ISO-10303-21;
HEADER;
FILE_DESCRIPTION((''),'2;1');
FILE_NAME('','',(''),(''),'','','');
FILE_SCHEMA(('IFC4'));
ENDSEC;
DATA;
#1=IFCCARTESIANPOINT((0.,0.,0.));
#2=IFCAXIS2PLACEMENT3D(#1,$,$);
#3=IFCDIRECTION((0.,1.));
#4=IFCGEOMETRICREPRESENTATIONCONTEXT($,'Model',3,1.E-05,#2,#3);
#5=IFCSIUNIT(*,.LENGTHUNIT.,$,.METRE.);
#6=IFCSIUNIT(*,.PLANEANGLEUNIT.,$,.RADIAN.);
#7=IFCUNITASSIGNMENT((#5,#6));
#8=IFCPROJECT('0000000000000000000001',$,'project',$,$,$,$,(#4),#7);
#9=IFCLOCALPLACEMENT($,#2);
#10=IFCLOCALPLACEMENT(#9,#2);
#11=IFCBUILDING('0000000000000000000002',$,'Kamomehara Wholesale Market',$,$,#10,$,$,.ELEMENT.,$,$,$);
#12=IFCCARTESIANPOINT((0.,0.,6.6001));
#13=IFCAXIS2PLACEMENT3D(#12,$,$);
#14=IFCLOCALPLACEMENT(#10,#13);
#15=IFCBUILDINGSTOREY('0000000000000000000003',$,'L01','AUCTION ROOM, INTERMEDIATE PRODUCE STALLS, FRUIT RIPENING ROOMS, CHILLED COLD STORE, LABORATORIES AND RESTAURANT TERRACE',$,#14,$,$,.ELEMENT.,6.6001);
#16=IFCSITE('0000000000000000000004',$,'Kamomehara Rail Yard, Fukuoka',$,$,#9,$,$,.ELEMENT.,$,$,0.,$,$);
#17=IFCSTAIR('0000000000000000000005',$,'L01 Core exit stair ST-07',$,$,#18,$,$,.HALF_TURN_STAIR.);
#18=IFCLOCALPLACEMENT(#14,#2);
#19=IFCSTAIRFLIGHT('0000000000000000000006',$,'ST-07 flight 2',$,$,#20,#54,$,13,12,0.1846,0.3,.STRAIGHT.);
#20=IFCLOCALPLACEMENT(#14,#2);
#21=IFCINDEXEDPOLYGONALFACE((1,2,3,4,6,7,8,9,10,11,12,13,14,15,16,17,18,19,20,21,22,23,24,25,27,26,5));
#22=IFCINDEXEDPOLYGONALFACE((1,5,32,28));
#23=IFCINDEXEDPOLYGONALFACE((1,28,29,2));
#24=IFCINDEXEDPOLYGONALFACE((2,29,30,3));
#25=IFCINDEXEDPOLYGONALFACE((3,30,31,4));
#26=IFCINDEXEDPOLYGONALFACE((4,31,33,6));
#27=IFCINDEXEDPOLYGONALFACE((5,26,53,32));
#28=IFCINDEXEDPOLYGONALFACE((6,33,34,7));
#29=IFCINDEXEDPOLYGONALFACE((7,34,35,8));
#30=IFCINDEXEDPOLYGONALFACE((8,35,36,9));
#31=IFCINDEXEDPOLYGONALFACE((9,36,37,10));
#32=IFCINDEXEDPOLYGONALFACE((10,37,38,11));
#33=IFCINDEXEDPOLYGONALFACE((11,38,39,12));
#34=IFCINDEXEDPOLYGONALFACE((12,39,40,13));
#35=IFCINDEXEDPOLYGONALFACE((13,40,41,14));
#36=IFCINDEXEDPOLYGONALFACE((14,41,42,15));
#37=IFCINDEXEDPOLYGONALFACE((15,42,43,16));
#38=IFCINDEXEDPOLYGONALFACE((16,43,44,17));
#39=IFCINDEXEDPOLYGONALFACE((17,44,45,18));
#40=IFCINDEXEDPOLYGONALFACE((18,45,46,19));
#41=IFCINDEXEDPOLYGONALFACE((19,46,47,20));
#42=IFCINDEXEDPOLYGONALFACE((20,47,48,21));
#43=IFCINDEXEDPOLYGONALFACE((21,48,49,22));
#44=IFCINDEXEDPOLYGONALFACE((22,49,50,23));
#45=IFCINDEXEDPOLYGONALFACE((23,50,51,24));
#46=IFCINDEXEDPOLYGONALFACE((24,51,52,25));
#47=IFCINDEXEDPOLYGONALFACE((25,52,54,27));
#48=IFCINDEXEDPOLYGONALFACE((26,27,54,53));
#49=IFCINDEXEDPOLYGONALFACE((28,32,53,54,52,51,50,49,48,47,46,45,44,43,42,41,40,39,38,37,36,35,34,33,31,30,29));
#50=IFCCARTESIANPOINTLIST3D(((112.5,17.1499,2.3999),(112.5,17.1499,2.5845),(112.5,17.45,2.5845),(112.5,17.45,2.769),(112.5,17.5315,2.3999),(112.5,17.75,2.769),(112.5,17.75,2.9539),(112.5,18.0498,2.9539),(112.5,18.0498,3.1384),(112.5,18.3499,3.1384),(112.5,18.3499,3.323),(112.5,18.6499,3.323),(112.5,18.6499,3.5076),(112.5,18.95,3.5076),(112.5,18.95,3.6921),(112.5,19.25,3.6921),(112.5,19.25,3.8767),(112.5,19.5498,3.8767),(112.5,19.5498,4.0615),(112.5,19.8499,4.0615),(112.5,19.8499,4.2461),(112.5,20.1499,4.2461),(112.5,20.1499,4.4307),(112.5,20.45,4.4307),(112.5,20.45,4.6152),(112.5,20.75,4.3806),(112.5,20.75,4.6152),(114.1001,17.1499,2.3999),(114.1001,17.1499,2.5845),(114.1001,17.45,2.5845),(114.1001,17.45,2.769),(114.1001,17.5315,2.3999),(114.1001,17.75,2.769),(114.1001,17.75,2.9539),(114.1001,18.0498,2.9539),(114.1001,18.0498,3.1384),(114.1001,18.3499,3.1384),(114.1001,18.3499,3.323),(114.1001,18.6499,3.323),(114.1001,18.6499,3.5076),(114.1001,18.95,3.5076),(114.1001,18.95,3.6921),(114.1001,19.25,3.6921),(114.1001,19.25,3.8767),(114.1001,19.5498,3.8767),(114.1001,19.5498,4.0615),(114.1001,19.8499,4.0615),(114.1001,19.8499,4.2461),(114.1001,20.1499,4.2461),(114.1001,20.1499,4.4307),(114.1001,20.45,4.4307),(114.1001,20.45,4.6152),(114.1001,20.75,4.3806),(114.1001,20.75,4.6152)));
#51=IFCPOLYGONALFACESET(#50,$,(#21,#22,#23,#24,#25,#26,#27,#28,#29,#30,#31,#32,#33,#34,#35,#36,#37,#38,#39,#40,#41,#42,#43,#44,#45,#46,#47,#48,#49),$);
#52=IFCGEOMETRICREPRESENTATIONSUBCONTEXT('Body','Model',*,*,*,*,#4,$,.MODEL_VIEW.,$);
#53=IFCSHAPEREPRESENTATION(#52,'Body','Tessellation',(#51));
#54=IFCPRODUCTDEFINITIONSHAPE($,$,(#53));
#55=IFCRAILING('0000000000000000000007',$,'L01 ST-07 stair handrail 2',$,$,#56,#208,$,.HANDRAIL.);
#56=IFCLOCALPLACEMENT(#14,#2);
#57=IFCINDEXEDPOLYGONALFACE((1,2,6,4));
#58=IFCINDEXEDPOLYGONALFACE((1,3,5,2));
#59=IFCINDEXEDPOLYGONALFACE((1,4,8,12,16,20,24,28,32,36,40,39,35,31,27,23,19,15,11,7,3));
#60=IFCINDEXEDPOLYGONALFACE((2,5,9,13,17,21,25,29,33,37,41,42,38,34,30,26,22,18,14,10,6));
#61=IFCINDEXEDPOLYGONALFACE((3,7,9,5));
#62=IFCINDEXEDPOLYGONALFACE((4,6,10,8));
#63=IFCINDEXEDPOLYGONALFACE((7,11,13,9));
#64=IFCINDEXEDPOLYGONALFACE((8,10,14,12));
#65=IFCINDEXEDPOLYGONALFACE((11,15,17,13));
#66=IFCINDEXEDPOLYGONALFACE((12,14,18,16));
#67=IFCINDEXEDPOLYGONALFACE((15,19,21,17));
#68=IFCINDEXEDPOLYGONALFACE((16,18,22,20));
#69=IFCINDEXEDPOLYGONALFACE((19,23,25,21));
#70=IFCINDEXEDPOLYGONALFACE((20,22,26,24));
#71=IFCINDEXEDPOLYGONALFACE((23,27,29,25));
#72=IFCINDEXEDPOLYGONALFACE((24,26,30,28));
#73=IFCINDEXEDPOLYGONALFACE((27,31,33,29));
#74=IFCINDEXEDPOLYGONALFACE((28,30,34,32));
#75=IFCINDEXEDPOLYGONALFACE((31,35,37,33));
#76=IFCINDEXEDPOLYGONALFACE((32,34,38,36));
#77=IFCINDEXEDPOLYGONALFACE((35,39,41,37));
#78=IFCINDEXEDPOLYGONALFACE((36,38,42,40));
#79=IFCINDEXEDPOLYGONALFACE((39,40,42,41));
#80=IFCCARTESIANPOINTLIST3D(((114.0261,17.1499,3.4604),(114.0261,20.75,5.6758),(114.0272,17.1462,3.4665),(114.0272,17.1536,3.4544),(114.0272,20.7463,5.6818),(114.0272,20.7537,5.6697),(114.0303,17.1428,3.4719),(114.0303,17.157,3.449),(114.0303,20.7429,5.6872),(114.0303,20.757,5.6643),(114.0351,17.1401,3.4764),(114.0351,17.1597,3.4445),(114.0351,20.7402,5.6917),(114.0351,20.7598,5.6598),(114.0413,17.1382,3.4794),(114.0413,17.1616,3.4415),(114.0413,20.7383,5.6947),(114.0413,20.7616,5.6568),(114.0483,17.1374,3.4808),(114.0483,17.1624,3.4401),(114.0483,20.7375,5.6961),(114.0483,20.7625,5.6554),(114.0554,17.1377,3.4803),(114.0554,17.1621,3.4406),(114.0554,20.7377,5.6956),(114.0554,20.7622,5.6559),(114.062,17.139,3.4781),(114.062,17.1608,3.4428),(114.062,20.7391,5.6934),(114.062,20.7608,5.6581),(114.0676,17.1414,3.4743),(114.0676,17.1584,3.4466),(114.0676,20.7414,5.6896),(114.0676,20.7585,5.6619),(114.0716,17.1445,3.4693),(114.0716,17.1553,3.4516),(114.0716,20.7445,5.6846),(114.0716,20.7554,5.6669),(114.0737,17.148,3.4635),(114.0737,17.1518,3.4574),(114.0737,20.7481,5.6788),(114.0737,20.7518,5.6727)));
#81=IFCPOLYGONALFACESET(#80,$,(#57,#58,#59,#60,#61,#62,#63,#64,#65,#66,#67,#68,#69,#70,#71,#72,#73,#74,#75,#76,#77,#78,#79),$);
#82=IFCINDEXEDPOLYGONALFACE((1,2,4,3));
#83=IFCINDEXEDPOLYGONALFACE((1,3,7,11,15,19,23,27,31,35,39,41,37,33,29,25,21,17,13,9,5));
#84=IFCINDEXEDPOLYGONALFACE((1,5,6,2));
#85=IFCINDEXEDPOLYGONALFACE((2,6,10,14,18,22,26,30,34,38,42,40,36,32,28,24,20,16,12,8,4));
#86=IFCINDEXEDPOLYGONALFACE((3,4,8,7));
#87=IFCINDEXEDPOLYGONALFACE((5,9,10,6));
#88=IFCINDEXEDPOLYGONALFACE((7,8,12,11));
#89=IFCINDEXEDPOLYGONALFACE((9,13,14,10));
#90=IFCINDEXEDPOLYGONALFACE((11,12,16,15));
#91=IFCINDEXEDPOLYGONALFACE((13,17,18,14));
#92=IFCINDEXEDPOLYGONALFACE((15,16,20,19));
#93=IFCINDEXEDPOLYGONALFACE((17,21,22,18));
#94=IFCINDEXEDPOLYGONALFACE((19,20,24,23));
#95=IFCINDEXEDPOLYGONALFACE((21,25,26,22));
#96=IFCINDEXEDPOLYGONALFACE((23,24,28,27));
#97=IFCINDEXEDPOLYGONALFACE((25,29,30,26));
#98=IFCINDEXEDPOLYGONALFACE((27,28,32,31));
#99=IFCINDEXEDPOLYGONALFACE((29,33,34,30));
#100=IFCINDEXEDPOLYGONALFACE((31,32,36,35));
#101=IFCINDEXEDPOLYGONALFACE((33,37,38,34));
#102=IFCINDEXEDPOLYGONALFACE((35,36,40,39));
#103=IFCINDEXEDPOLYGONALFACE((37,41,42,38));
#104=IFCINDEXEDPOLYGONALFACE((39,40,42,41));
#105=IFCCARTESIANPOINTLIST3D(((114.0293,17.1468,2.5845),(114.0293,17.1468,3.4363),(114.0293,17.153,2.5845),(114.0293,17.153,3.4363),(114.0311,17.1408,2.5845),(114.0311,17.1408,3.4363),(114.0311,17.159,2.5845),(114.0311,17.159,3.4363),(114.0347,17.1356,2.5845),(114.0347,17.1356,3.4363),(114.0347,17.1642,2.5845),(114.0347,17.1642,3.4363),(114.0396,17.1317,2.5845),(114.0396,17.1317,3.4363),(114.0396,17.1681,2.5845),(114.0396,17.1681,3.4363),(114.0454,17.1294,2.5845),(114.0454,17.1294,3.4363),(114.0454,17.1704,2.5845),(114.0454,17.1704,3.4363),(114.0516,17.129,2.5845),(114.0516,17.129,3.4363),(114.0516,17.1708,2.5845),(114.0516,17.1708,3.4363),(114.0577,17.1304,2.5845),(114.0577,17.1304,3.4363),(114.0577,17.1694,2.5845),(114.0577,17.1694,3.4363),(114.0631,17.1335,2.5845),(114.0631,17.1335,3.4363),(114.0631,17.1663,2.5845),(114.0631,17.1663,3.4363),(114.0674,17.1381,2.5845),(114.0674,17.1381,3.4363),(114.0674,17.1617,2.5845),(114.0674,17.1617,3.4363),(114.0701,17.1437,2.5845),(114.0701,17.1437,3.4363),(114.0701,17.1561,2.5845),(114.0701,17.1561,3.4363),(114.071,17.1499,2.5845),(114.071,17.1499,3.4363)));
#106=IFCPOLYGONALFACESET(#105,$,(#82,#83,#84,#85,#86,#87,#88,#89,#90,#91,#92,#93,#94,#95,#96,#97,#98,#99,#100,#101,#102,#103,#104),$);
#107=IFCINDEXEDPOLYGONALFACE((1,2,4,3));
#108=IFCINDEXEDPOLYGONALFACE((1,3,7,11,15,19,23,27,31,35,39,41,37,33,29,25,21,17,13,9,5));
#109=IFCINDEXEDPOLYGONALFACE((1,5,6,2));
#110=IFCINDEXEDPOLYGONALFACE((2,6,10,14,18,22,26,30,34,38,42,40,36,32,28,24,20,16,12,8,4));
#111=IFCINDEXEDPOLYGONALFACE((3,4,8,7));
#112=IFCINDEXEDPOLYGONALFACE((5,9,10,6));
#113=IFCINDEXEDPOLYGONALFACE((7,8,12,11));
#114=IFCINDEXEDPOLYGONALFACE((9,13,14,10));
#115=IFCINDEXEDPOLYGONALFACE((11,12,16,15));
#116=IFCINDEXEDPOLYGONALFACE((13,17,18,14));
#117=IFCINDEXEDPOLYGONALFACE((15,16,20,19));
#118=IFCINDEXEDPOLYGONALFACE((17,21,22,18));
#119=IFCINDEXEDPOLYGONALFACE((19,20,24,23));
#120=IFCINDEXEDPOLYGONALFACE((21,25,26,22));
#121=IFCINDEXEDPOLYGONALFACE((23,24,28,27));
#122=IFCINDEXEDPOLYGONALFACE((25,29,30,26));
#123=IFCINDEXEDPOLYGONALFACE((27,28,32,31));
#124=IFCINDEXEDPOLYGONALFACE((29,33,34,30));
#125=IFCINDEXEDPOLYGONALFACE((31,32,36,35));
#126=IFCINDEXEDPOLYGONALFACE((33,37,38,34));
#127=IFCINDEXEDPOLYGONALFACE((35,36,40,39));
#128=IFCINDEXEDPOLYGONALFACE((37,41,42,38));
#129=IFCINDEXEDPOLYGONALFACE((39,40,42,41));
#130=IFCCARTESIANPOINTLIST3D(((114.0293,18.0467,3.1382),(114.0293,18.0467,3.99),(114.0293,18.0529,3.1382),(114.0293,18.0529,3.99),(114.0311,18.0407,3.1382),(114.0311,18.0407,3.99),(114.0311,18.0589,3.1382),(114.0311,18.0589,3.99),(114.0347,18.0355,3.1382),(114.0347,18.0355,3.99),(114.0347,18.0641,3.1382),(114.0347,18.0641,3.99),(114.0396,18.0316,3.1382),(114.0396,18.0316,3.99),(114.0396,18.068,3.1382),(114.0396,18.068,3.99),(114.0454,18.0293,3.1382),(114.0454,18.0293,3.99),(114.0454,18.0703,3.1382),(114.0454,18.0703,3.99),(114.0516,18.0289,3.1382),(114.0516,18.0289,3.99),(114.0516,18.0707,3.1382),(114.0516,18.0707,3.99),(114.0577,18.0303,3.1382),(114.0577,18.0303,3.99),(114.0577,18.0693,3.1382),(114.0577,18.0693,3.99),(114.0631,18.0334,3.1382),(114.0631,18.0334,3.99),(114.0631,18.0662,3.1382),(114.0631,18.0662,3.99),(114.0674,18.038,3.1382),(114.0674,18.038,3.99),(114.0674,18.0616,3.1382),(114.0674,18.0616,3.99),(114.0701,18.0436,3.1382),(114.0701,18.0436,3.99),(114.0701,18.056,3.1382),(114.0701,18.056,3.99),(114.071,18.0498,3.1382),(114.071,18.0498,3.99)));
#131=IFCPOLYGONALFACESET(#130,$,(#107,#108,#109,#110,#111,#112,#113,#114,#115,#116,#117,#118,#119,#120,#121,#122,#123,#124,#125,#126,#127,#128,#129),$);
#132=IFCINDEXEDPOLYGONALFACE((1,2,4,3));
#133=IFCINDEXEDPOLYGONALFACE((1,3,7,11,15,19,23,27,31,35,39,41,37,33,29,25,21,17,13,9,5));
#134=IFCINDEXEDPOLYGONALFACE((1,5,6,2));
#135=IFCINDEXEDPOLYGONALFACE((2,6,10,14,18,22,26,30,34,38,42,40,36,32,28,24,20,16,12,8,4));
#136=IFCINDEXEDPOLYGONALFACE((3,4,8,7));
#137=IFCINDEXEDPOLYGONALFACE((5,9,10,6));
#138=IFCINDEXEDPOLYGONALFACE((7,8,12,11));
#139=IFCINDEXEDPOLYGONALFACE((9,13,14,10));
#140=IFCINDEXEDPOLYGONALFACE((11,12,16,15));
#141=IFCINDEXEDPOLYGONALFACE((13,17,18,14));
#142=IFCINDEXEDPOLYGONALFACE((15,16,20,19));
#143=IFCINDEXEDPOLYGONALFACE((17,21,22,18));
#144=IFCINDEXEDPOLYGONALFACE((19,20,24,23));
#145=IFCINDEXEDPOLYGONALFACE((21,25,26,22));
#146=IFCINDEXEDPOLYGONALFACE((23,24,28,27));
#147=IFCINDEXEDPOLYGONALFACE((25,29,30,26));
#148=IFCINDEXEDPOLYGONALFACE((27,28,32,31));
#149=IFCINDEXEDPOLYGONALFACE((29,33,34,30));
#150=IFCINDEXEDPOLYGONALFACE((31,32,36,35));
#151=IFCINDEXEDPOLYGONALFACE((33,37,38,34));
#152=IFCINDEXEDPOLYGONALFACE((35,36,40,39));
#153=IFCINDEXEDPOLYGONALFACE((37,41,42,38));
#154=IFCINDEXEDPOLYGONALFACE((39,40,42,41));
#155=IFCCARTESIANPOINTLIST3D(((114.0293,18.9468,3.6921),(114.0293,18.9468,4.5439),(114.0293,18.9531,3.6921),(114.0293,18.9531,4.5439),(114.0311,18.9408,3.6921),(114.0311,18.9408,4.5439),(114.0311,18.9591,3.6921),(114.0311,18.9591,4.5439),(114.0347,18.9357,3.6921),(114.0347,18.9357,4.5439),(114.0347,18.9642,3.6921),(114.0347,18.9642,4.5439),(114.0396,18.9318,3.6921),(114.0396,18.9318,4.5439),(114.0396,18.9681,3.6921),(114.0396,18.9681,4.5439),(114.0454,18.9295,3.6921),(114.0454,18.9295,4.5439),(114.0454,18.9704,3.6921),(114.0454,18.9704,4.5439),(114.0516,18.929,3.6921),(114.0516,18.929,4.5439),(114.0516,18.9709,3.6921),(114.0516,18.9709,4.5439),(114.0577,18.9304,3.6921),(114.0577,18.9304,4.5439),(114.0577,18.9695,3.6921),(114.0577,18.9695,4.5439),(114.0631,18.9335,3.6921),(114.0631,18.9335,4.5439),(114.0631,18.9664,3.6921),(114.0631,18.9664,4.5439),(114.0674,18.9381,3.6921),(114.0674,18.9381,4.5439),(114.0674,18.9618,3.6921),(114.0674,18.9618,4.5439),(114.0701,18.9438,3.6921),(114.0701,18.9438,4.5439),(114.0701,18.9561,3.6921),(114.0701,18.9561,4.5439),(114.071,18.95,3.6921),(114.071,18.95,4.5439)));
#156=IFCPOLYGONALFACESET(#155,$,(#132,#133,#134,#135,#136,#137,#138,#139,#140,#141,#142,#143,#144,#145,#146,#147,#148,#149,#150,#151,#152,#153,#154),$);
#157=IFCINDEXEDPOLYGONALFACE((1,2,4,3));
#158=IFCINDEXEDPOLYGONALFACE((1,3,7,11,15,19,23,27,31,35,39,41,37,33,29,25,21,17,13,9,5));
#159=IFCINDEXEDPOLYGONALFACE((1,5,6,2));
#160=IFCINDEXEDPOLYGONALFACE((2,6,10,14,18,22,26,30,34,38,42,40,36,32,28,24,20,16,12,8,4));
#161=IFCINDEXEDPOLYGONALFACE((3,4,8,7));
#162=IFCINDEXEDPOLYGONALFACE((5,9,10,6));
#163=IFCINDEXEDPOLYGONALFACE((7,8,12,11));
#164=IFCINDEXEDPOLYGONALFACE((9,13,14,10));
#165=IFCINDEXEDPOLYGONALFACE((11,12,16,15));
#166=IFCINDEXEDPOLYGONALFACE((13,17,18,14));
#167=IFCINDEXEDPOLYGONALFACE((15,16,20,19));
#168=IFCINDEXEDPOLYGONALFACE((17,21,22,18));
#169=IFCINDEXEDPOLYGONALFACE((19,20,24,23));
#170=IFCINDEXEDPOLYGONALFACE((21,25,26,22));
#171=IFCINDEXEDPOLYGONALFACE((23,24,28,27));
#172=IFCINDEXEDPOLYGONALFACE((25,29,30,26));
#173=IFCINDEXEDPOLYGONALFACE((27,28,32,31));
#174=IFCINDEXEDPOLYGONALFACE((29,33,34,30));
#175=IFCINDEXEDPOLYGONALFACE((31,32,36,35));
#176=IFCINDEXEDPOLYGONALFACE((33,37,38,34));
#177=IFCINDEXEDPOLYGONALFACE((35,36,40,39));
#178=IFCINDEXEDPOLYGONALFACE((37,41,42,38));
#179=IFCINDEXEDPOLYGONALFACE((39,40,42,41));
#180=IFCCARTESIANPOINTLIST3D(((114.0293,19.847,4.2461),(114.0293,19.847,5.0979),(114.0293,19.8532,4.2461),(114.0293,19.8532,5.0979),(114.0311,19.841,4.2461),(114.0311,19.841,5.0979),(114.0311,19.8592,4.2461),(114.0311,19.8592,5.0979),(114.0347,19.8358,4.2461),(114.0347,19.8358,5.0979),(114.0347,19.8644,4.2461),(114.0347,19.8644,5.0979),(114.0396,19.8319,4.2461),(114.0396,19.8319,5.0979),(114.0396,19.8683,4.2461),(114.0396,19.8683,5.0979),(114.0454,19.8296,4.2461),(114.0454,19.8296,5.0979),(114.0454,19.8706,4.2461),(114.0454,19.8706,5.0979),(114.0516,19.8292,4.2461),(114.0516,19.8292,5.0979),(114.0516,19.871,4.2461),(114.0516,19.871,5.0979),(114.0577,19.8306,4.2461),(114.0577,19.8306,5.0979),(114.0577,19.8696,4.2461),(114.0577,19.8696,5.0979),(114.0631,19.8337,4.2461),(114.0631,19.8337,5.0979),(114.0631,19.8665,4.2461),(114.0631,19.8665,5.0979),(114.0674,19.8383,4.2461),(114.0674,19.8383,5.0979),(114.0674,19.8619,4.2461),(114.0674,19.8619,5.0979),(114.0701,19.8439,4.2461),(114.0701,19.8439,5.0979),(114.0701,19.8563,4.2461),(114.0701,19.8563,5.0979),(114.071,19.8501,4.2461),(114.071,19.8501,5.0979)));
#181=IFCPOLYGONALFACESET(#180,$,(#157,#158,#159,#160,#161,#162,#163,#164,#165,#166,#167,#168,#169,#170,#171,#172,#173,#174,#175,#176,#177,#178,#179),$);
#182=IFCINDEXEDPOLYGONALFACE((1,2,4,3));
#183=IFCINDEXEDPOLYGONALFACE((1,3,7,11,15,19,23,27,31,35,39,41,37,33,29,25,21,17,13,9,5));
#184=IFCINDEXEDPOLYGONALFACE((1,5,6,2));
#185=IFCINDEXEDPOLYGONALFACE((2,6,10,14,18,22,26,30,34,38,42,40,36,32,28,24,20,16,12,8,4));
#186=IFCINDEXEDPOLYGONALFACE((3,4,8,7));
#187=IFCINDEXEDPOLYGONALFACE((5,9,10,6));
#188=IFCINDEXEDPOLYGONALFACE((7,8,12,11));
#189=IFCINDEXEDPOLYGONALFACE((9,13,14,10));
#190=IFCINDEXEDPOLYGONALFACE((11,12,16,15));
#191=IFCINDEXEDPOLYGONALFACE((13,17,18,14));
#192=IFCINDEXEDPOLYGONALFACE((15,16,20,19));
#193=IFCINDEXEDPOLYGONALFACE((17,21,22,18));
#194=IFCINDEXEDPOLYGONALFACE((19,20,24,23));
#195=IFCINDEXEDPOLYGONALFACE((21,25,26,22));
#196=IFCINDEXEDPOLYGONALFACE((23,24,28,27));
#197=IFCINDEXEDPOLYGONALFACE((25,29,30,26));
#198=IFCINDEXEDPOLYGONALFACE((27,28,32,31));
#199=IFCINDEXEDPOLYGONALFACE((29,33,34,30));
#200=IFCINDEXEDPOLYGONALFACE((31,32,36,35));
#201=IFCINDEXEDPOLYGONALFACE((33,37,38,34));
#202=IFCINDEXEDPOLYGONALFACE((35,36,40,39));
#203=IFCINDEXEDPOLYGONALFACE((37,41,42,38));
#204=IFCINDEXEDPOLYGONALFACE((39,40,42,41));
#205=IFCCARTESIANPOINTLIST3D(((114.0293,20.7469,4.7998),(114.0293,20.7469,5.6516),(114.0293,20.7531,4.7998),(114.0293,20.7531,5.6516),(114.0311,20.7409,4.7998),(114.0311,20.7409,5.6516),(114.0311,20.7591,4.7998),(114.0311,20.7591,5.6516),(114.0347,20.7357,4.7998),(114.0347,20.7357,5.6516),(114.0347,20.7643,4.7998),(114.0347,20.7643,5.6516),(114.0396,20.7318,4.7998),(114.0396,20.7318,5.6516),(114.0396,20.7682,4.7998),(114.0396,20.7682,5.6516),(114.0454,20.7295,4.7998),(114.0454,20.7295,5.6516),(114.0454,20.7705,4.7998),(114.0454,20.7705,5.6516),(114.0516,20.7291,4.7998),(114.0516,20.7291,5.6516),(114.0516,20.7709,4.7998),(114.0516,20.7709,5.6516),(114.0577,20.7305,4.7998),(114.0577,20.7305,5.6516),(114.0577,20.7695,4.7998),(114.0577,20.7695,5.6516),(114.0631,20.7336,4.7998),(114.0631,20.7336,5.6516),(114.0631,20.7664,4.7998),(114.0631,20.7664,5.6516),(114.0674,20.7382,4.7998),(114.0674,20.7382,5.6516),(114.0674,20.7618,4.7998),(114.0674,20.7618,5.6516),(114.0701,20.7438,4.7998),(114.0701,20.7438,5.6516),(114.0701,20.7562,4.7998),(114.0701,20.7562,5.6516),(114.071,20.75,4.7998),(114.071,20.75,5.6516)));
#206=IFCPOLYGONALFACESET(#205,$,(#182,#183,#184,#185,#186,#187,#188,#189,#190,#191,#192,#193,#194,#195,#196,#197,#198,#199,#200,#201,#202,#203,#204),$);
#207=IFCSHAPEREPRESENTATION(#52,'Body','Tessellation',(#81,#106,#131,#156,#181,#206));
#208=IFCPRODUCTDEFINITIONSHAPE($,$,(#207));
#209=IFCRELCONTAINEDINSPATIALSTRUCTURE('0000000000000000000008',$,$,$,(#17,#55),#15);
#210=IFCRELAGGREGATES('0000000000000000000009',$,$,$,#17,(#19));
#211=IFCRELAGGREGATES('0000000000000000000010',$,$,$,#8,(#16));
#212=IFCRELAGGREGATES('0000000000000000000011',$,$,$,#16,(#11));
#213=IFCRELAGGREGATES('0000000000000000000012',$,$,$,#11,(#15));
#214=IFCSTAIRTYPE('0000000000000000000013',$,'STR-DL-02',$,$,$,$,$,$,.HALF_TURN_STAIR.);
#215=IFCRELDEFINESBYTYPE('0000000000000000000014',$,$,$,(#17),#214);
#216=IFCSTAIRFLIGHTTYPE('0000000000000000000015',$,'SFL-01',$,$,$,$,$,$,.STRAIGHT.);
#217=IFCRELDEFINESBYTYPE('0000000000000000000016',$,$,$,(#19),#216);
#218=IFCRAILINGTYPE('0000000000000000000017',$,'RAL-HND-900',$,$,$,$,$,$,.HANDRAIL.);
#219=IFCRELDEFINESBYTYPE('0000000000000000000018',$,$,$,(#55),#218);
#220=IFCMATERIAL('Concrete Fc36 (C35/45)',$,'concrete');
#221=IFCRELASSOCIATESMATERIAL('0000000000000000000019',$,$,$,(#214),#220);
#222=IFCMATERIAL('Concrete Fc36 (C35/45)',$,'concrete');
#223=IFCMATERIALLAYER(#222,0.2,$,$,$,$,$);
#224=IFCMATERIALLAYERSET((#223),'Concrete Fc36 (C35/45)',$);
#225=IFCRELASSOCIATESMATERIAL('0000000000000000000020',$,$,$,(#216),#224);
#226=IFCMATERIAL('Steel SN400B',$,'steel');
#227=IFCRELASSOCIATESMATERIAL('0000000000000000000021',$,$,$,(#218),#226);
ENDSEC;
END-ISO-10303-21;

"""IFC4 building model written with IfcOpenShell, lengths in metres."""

from ifc_helpers import new_model, si_unit, direction, frame, origin, origin_2d, place, context, subcontext, project, spatial, polyline, circle, outline, extrude, material, layer, layer_set, type_object, element, aggregate, save


model = new_model("IFC4")

# Units and contexts
model_context = context("Model", 3, precision=1e-05, world=origin(), true_north=direction((0.0, 1.0)))
body_context = subcontext(model_context, "Body", "Model", "MODEL_VIEW")
ifc_project = project(units=[si_unit("LENGTHUNIT", "METRE"), si_unit("PLANEANGLEUNIT", "RADIAN")], contexts=[model_context])

# Site, building, storey
site_placement = place(None, origin())
site = spatial("IfcSite", under=ifc_project, at=site_placement, Name="Kamomehara Rail Yard, Fukuoka", CompositionType="ELEMENT", RefElevation=0.0)
building_placement = place(site_placement, origin())
building = spatial("IfcBuilding", under=site, at=building_placement, Name="Kamomehara Wholesale Market", CompositionType="ELEMENT")
storey_placement = place(building_placement, frame((0.0, 0.0, 6.6001)))
storey = spatial("IfcBuildingStorey", under=building, at=storey_placement, Name="L01", Description="AUCTION ROOM, INTERMEDIATE PRODUCE STALLS, FRUIT RIPENING ROOMS, CHILLED COLD STORE, LABORATORIES AND RESTAURANT TERRACE", CompositionType="ELEMENT", Elevation=6.6001)

# Stair, stair flight
ifc_material_1 = material(Name="Concrete Fc36 (C35/45)", Category="concrete")
stair_type = type_object("IfcStairType", Name="STR-DL-02", PredefinedType="HALF_TURN_STAIR", material=ifc_material_1)
stair_placement = place(storey_placement, origin())
stair = element("IfcStair", 1, at=stair_placement, inside=storey, type_object=stair_type, Name="L01 Core exit stair ST-07", PredefinedType="HALF_TURN_STAIR")
ifc_material_2 = material(Name="Concrete Fc36 (C35/45)", Category="concrete")
ifc_layer_1 = layer(ifc_material_2, 0.2)
ifc_layer_set_1 = layer_set([ifc_layer_1], Name="Concrete Fc36 (C35/45)")
stair_flight_type = type_object("IfcStairFlightType", Name="SFL-01", PredefinedType="STRAIGHT", material=ifc_layer_set_1)
stair_flight_placement = place(storey_placement, frame((113.3, 17.1499, 2.3999), z_axis=(0.0, 0.0, 1.0), x_axis=(0.0, 1.0, 0.0)))
stair_flight = element("IfcStairFlight", 2, at=stair_flight_placement, type_object=stair_flight_type, Name="ST-07 flight 2", NumberOfRisers=13, NumberOfTreads=12, PredefinedType="STRAIGHT", RiserHeight=0.1846, TreadLength=0.3, context=body_context, shape_type="SweptSolid", body=[
    extrude(outline(polyline([(0.0, 0.0), (0.0, 0.1846), (0.3, 0.1846), (0.3, 0.3691), (0.6001, 0.3691), (0.6001, 0.554), (0.8999, 0.554), (0.8999, 0.7385), (1.2, 0.7385), (1.2, 0.9231), (1.5, 0.9231), (1.5, 1.1077), (1.8, 1.1077), (1.8, 1.2922), (2.1001, 1.2922), (2.1001, 1.4768), (2.3999, 1.4768), (2.3999, 1.6616), (2.7, 1.6616), (2.7, 1.8462), (3.0, 1.8462), (3.0, 2.0308), (3.3, 2.0308), (3.3, 2.2153), (3.6001, 2.2153), (3.6001, 2.3999), (3.6001, 1.9807), (0.3816, 0.0), (0.0, 0.0)])), frame((0.0, 0.8, 0.0), z_axis=(0.0, -1.0, 0.0), x_axis=(1.0, 0.0, 0.0)), (0.0, 0.0, 1.0), 1.6001),
])
aggregate(stair, [stair_flight])

# Railing
ifc_material_3 = material(Name="Steel SN400B", Category="steel")
railing_type_1 = type_object("IfcRailingType", Name="RAL-HND-900", PredefinedType="HANDRAIL", material=ifc_material_3)
railing_1_placement = place(storey_placement, frame((114.05, 17.1499, 2.5845)))
element("IfcRailing", 3, at=railing_1_placement, inside=storey, type_object=railing_type_1, Name="L01 ST-07 stair handrail 2", PredefinedType="HANDRAIL", context=body_context, shape_type="SweptSolid", body=[
    extrude(circle(Radius=0.0239, at=origin_2d()), frame((0.0, 0.0, 0.876), z_axis=(0.0, 0.85167, 0.524078), x_axis=(-1.0, 0.0, 0.0)), (0.0, 0.0, 1.0), 4.2271),
    extrude(circle(Radius=0.021, at=origin_2d()), origin(), (0.0, 0.0, 1.0), 0.8518),
    extrude(circle(Radius=0.021, at=origin_2d()), frame((0.0, 0.8999, 0.5537)), (0.0, 0.0, 1.0), 0.8518),
    extrude(circle(Radius=0.021, at=origin_2d()), frame((0.0, 1.8, 1.1077)), (0.0, 0.0, 1.0), 0.8518),
    extrude(circle(Radius=0.021, at=origin_2d()), frame((0.0, 2.7002, 1.6616)), (0.0, 0.0, 1.0), 0.8518),
    extrude(circle(Radius=0.021, at=origin_2d()), frame((0.0, 3.6001, 2.2153)), (0.0, 0.0, 1.0), 0.8518),
])

save(model, "model.ifc")
